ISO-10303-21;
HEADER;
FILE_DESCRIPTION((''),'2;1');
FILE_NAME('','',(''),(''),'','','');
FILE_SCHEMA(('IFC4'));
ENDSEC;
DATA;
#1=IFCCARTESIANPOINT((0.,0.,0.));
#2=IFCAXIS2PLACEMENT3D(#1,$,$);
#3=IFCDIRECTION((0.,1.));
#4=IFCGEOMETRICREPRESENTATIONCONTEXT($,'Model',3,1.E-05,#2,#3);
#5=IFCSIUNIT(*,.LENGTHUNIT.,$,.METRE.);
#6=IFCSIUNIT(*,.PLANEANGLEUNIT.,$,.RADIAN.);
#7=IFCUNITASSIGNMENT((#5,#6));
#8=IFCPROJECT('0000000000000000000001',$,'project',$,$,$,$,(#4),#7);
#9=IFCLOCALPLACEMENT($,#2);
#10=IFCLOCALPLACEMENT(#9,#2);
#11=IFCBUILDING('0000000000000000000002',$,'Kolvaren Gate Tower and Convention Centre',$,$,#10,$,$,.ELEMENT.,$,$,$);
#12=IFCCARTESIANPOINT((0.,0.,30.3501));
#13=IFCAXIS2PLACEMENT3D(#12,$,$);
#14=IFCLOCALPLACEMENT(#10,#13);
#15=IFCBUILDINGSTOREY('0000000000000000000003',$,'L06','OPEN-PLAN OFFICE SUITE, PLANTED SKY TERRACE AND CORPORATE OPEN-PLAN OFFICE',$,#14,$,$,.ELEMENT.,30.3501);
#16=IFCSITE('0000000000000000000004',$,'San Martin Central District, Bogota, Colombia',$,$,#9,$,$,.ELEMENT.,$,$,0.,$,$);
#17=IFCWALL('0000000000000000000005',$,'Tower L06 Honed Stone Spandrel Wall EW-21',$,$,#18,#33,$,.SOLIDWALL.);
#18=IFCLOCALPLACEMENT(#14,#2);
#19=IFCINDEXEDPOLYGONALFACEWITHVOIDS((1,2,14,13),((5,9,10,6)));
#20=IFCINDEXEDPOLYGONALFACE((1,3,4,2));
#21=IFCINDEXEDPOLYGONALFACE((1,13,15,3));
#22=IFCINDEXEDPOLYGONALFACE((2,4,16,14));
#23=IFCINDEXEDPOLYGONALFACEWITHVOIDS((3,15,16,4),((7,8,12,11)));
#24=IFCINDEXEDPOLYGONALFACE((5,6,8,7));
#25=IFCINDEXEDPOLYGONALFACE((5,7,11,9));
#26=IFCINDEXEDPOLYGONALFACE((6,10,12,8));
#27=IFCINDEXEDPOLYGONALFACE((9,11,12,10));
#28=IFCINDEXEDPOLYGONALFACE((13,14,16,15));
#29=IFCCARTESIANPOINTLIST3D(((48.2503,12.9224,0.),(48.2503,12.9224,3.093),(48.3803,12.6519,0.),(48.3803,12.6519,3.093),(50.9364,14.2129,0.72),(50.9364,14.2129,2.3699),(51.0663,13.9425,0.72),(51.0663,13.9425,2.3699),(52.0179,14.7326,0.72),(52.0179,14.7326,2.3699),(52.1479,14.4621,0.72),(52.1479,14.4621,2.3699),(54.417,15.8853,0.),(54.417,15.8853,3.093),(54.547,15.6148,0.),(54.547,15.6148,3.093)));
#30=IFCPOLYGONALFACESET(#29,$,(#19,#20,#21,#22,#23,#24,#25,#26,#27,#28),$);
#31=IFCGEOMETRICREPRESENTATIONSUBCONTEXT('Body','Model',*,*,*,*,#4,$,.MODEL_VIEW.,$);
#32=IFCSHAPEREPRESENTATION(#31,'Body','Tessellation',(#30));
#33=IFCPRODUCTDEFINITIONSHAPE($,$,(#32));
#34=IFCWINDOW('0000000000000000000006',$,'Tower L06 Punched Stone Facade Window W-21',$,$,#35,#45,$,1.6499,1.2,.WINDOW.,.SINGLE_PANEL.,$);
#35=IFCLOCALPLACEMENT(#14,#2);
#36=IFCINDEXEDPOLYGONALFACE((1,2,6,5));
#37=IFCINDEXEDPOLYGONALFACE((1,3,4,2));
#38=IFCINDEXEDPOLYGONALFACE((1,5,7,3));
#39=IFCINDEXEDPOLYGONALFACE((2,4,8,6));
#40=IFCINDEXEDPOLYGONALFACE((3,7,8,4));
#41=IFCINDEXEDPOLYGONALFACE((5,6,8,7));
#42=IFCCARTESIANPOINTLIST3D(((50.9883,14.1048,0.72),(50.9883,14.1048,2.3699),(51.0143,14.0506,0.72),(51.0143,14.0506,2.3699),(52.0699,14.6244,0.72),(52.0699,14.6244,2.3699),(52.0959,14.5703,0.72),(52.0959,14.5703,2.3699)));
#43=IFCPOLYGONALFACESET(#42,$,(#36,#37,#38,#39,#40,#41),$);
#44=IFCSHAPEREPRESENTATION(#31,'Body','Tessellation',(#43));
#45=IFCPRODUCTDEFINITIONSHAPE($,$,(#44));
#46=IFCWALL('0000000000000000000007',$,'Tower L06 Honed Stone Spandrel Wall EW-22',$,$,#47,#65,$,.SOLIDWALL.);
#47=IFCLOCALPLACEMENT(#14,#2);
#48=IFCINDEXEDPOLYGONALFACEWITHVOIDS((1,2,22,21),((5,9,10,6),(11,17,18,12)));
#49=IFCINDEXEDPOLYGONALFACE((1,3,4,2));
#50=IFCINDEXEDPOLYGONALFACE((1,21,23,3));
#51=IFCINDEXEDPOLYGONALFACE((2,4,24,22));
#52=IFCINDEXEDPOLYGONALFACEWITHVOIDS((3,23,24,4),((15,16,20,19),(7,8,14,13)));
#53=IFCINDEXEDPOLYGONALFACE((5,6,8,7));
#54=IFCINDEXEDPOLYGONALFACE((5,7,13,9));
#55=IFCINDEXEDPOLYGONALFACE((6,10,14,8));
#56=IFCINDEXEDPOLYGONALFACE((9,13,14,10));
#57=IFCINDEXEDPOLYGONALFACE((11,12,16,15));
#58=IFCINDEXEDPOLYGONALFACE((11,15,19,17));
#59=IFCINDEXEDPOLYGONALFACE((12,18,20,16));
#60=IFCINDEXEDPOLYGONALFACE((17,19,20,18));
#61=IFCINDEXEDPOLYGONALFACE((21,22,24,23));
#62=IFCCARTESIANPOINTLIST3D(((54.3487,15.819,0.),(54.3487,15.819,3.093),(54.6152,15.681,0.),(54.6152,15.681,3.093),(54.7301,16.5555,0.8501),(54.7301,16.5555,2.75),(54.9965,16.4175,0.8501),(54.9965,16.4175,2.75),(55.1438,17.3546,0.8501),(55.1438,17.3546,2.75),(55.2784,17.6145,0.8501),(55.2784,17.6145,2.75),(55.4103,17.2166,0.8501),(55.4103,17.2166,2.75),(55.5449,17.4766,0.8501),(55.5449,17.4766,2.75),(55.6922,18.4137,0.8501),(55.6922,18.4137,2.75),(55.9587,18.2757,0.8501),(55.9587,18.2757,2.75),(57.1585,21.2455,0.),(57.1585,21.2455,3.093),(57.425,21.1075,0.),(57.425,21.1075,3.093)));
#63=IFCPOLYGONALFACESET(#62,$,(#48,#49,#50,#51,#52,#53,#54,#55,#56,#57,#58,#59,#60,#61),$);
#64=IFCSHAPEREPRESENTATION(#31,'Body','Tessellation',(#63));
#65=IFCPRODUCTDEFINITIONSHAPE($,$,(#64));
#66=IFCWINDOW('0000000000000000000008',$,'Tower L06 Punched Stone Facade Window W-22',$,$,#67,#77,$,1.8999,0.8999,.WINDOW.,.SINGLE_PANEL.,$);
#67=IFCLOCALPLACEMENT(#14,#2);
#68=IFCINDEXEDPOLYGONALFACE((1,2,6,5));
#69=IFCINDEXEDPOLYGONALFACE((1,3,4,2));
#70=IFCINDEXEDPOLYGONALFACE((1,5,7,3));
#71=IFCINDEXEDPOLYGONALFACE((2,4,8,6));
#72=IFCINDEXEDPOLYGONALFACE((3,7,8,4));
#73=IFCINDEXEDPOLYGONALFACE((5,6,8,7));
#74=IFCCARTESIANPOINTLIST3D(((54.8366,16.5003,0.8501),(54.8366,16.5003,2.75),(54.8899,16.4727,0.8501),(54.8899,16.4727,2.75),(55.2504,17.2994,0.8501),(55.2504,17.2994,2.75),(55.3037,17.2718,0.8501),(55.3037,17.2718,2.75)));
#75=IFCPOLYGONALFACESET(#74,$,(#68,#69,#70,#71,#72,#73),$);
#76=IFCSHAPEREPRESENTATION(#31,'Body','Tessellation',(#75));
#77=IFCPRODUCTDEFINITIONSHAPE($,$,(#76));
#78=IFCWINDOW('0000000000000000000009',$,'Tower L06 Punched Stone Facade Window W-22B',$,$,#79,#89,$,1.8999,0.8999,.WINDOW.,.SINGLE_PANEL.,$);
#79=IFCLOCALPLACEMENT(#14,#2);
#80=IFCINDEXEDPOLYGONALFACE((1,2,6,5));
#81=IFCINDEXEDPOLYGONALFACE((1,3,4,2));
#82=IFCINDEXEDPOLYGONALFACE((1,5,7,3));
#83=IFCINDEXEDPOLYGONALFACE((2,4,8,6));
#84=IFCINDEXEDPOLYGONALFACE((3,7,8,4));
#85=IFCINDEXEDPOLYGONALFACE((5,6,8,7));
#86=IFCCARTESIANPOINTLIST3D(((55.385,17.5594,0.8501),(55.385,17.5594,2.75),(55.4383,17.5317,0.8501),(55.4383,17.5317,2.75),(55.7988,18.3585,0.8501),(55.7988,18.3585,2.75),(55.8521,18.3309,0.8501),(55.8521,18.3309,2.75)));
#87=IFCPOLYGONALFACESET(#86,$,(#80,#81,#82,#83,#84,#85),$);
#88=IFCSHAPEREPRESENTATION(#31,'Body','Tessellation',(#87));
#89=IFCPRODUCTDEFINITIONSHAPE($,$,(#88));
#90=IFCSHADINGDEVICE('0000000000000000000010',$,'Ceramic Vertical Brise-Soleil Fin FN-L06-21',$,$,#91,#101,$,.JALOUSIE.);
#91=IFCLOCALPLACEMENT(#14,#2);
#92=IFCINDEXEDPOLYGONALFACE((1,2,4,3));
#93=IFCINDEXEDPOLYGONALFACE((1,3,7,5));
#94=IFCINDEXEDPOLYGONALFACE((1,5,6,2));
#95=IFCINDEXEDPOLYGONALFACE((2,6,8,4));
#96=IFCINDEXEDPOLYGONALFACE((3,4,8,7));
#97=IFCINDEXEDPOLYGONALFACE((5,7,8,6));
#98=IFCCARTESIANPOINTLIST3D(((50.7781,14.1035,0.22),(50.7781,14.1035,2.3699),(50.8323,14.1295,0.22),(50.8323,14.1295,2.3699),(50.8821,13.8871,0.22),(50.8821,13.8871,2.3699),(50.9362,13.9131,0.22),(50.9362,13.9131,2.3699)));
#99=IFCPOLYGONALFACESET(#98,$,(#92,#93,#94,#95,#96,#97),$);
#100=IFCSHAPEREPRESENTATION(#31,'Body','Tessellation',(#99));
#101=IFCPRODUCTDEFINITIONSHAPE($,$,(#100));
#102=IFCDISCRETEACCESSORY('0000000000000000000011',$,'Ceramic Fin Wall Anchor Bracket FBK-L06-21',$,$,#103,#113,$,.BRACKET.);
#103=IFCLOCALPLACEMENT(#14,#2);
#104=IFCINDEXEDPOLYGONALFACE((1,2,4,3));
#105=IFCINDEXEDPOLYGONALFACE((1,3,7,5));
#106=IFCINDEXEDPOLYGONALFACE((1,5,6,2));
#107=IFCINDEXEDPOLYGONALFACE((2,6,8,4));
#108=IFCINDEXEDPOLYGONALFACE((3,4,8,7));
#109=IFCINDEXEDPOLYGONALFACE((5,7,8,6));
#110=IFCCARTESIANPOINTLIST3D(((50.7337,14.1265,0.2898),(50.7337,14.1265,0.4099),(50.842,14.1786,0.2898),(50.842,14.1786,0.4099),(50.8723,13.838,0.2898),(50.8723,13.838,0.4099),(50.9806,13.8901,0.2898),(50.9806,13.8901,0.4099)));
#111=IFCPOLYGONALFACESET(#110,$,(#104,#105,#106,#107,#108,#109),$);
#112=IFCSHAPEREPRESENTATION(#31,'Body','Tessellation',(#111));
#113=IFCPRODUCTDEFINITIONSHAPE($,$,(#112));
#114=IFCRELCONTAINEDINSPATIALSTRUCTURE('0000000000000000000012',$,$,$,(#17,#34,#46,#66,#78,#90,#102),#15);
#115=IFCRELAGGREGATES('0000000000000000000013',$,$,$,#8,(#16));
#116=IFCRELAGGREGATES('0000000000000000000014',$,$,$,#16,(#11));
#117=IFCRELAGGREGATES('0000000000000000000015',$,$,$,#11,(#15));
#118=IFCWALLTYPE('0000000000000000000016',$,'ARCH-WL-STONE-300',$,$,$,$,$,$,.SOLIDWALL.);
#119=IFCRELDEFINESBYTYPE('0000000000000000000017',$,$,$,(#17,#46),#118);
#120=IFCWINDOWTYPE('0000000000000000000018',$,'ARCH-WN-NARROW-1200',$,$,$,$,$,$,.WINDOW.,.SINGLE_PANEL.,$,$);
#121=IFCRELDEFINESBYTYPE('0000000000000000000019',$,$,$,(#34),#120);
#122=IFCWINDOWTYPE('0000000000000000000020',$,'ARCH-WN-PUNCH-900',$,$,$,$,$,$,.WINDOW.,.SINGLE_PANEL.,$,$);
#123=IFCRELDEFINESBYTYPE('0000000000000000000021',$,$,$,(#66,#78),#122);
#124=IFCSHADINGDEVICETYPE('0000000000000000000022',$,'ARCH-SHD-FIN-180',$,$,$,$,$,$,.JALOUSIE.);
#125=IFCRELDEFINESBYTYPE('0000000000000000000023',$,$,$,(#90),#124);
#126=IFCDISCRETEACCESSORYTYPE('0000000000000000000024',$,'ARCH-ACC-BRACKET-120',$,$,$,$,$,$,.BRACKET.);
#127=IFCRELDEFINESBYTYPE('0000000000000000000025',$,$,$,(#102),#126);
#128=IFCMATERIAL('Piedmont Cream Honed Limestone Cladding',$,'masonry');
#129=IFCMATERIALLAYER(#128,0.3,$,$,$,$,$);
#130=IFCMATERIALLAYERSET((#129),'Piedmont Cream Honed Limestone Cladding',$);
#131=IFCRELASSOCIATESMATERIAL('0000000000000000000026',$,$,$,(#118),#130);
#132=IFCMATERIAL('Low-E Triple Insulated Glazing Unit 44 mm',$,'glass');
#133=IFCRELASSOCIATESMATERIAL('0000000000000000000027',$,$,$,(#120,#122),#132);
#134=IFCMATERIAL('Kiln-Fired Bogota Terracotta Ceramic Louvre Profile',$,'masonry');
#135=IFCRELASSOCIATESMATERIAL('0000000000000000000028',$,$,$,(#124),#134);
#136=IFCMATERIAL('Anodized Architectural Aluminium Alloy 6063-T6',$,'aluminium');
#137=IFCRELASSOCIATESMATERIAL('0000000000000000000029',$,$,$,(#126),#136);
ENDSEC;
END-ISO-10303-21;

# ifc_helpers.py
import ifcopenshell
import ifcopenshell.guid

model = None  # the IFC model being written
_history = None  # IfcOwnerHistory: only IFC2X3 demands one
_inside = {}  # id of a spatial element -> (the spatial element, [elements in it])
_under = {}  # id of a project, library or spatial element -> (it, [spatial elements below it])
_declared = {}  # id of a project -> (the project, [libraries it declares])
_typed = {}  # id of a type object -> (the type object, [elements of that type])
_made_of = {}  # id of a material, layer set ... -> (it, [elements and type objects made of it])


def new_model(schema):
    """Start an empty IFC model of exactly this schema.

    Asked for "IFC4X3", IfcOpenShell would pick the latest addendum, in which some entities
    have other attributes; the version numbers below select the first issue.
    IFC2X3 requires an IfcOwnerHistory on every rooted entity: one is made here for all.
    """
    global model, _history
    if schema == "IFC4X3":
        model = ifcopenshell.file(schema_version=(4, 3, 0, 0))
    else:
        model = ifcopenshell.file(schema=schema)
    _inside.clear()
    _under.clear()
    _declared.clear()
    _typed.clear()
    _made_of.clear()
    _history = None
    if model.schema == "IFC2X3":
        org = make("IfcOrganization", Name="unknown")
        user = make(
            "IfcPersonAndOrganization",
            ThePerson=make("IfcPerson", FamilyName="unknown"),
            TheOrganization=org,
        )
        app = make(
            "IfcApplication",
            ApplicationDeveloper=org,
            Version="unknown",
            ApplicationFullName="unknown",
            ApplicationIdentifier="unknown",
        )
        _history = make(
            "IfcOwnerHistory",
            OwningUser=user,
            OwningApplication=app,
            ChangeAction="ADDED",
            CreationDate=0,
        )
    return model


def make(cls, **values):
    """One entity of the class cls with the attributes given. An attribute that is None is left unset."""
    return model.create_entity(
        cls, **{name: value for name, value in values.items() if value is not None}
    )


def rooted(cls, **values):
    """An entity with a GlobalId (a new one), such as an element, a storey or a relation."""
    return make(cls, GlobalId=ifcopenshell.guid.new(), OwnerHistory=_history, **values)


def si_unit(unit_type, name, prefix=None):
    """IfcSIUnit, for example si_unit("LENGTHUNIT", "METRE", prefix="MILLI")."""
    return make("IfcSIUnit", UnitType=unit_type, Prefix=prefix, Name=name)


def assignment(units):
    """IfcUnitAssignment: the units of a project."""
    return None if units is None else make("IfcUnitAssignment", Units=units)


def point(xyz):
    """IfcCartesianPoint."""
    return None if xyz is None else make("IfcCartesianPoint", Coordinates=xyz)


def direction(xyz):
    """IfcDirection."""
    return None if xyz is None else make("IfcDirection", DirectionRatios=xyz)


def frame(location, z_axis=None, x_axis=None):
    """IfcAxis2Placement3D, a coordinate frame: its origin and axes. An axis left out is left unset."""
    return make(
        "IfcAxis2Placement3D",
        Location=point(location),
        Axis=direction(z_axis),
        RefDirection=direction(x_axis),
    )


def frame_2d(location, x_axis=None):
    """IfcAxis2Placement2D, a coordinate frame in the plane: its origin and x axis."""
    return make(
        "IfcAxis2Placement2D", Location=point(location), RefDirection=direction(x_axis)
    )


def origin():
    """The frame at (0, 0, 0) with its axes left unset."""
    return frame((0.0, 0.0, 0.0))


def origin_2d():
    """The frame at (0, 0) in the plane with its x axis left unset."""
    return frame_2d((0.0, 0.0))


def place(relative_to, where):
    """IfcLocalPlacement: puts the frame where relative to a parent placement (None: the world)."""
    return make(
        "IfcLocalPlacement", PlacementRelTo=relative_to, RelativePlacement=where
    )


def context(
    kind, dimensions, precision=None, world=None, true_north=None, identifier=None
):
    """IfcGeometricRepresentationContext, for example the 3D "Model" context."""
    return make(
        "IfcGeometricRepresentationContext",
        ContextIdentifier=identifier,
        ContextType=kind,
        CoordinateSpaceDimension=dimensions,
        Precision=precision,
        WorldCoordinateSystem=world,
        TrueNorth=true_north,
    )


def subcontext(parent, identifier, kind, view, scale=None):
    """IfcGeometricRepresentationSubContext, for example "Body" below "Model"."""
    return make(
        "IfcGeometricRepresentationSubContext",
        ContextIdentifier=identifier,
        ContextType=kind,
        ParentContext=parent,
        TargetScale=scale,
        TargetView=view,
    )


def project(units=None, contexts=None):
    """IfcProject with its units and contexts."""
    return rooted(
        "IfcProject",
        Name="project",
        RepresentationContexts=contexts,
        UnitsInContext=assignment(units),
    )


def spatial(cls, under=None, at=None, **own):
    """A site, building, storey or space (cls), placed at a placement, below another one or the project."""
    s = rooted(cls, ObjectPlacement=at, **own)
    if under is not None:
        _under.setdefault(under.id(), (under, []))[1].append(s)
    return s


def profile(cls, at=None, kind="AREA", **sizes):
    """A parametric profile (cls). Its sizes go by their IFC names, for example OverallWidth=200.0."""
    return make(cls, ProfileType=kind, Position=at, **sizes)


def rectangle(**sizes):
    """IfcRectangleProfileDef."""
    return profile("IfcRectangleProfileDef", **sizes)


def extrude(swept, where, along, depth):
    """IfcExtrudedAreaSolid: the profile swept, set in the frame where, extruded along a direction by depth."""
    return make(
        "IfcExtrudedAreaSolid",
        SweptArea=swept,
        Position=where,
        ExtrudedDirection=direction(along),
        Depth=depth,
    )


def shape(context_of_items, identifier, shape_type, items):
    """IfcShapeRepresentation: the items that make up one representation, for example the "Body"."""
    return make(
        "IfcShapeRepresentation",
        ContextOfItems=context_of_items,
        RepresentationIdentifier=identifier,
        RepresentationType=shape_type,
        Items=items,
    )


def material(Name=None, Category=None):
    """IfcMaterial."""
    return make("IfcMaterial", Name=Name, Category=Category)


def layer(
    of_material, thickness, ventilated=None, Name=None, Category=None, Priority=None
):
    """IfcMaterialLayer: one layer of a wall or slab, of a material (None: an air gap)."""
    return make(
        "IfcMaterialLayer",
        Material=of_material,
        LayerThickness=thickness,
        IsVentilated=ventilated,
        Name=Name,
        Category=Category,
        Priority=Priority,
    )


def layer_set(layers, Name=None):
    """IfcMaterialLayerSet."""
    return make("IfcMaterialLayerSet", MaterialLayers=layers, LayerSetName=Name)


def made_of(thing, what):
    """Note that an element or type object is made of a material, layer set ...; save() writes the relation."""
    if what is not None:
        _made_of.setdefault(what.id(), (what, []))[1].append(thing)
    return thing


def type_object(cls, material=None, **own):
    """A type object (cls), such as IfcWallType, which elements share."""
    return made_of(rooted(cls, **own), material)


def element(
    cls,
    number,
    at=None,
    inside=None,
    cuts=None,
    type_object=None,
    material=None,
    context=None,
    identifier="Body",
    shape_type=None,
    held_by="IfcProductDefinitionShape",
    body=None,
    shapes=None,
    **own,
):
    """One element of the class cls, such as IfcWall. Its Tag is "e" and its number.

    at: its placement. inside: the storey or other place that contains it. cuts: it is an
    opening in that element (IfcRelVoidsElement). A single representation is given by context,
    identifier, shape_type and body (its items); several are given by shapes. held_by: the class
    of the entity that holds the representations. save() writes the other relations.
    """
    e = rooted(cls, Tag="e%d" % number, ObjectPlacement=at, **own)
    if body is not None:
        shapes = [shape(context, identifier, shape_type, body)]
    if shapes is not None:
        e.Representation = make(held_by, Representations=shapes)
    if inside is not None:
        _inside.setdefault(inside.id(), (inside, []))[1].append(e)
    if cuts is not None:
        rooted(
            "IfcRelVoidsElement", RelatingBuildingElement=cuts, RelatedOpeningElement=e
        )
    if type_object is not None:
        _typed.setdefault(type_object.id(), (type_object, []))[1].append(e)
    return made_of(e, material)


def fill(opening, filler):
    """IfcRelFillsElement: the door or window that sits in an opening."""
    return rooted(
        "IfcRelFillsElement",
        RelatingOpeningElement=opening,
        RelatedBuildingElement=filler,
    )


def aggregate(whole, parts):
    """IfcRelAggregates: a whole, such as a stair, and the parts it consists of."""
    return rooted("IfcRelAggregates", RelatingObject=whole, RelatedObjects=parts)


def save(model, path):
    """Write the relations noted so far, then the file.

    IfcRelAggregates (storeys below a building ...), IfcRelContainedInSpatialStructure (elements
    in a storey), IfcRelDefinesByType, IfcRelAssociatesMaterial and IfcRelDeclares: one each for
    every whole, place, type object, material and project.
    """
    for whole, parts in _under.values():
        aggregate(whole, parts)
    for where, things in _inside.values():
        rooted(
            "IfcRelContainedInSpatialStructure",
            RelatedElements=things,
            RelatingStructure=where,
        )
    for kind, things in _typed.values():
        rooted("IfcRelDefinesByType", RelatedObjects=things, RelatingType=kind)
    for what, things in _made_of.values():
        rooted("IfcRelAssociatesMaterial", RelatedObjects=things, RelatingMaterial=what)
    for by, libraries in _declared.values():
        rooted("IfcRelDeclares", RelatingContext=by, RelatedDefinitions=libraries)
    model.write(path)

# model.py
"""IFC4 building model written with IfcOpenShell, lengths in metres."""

from ifc_helpers import new_model, si_unit, direction, frame, frame_2d, origin, origin_2d, place, context, subcontext, project, spatial, rectangle, extrude, material, layer, layer_set, type_object, element, fill, save


model = new_model("IFC4")

# Units and contexts
model_context = context("Model", 3, precision=1e-05, world=origin(), true_north=direction((0.0, 1.0)))
body_context = subcontext(model_context, "Body", "Model", "MODEL_VIEW")
ifc_project = project(units=[si_unit("LENGTHUNIT", "METRE"), si_unit("PLANEANGLEUNIT", "RADIAN")], contexts=[model_context])

# Site, building, storey
site_placement = place(None, origin())
site = spatial("IfcSite", under=ifc_project, at=site_placement, Name="San Martin Central District, Bogota, Colombia", CompositionType="ELEMENT", RefElevation=0.0)
building_placement = place(site_placement, origin())
building = spatial("IfcBuilding", under=site, at=building_placement, Name="Kolvaren Gate Tower and Convention Centre", CompositionType="ELEMENT")
storey_placement = place(building_placement, frame((0.0, 0.0, 30.3501)))
storey = spatial("IfcBuildingStorey", under=building, at=storey_placement, Name="L06", Description="OPEN-PLAN OFFICE SUITE, PLANTED SKY TERRACE AND CORPORATE OPEN-PLAN OFFICE", CompositionType="ELEMENT", Elevation=30.3501)

# Shared definitions
ifc_material_1 = material(Name="Piedmont Cream Honed Limestone Cladding", Category="masonry")

# Shared definitions
ifc_layer_1 = layer(ifc_material_1, 0.3)
ifc_layer_set_1 = layer_set([ifc_layer_1], Name="Piedmont Cream Honed Limestone Cladding")
wall_type_1 = type_object("IfcWallType", Name="ARCH-WL-STONE-300", PredefinedType="SOLIDWALL", material=ifc_layer_set_1)
ifc_material_2 = material(Name="Anodized Architectural Aluminium Alloy 6063-T6", Category="aluminium")

# Wall, opening, window
wall_1_placement = place(storey_placement, frame((48.3152, 12.7871, 0.0), z_axis=(0.0, 0.0, 1.0), x_axis=(0.90136, 0.43307, 0.0)))
wall_1 = element("IfcWall", 1, at=wall_1_placement, inside=storey, type_object=wall_type_1, Name="Tower L06 Honed Stone Spandrel Wall EW-21", PredefinedType="SOLIDWALL", context=body_context, shape_type="SweptSolid", body=[
    extrude(rectangle(XDim=6.8416, YDim=0.3, at=frame_2d((3.4209, 0.0))), origin(), (0.0, 0.0, 1.0), 3.093),
])
opening_1_placement = place(wall_1_placement, frame((2.98, 0.0, 0.72)))
opening_1 = element("IfcOpeningElement", 2, at=opening_1_placement, cuts=wall_1, PredefinedType="OPENING", context=body_context, shape_type="SweptSolid", body=[
    extrude(rectangle(XDim=1.2, YDim=1.6499, at=frame_2d((0.6001, 0.825))), frame((0.0, 0.1599, 0.0), z_axis=(0.0, -1.0, 0.0), x_axis=(1.0, 0.0, 0.0)), (0.0, 0.0, 1.0), 0.3201),
])
ifc_material_3 = material(Name="Low-E Triple Insulated Glazing Unit 44 mm", Category="glass")
window_type_1 = type_object("IfcWindowType", Name="ARCH-WN-NARROW-1200", PartitioningType="SINGLE_PANEL", PredefinedType="WINDOW", material=ifc_material_3)
window_1_placement = place(opening_1_placement, origin())
window_1 = element("IfcWindow", 3, at=window_1_placement, inside=storey, type_object=window_type_1, Name="Tower L06 Punched Stone Facade Window W-21", OverallHeight=1.6499, OverallWidth=1.2, PartitioningType="SINGLE_PANEL", PredefinedType="WINDOW", context=body_context, shape_type="SweptSolid", body=[
    extrude(rectangle(XDim=1.2, YDim=1.6499, at=frame_2d((0.6001, 0.825))), frame((0.0, 0.03, 0.0), z_axis=(0.0, -1.0, 0.0), x_axis=(1.0, 0.0, 0.0)), (0.0, 0.0, 1.0), 0.0601),
])
fill(opening_1, window_1)

# Wall, openings, windows
wall_2_placement = place(storey_placement, frame((54.4819, 15.75, 0.0), z_axis=(0.0, 0.0, 1.0), x_axis=(0.45981, 0.888017, 0.0)))
wall_2 = element("IfcWall", 4, at=wall_2_placement, inside=storey, type_object=wall_type_1, Name="Tower L06 Honed Stone Spandrel Wall EW-22", PredefinedType="SOLIDWALL", context=body_context, shape_type="SweptSolid", body=[
    extrude(rectangle(XDim=6.1108, YDim=0.3, at=frame_2d((3.0554, 0.0))), origin(), (0.0, 0.0, 1.0), 3.093),
])
opening_2_placement = place(wall_2_placement, frame((0.8293, 0.0, 0.8501)))
opening_2 = element("IfcOpeningElement", 5, at=opening_2_placement, cuts=wall_2, PredefinedType="OPENING", context=body_context, shape_type="SweptSolid", body=[
    extrude(rectangle(XDim=0.8999, YDim=1.8999, at=frame_2d((0.45, 0.95))), frame((0.0, 0.1599, 0.0), z_axis=(0.0, -1.0, 0.0), x_axis=(1.0, 0.0, 0.0)), (0.0, 0.0, 1.0), 0.3201),
])
opening_3_placement = place(wall_2_placement, frame((2.022, 0.0, 0.8501)))
opening_3 = element("IfcOpeningElement", 6, at=opening_3_placement, cuts=wall_2, PredefinedType="OPENING", context=body_context, shape_type="SweptSolid", body=[
    extrude(rectangle(XDim=0.8999, YDim=1.8999, at=frame_2d((0.45, 0.95))), frame((0.0, 0.1599, 0.0), z_axis=(0.0, -1.0, 0.0), x_axis=(1.0, 0.0, 0.0)), (0.0, 0.0, 1.0), 0.3201),
])
window_type_2 = type_object("IfcWindowType", Name="ARCH-WN-PUNCH-900", PartitioningType="SINGLE_PANEL", PredefinedType="WINDOW", material=ifc_material_3)
window_2_placement = place(opening_2_placement, origin())
window_2 = element("IfcWindow", 7, at=window_2_placement, inside=storey, type_object=window_type_2, Name="Tower L06 Punched Stone Facade Window W-22", OverallHeight=1.8999, OverallWidth=0.8999, PartitioningType="SINGLE_PANEL", PredefinedType="WINDOW", context=body_context, shape_type="SweptSolid", body=[
    extrude(rectangle(XDim=0.8999, YDim=1.8999, at=frame_2d((0.45, 0.95))), frame((0.0, 0.03, 0.0), z_axis=(0.0, -1.0, 0.0), x_axis=(1.0, 0.0, 0.0)), (0.0, 0.0, 1.0), 0.0601),
])
fill(opening_2, window_2)
window_3_placement = place(opening_3_placement, origin())
window_3 = element("IfcWindow", 8, at=window_3_placement, inside=storey, type_object=window_type_2, Name="Tower L06 Punched Stone Facade Window W-22B", OverallHeight=1.8999, OverallWidth=0.8999, PartitioningType="SINGLE_PANEL", PredefinedType="WINDOW", context=body_context, shape_type="SweptSolid", body=[
    extrude(rectangle(XDim=0.8999, YDim=1.8999, at=frame_2d((0.45, 0.95))), frame((0.0, 0.03, 0.0), z_axis=(0.0, -1.0, 0.0), x_axis=(1.0, 0.0, 0.0)), (0.0, 0.0, 1.0), 0.0601),
])
fill(opening_3, window_3)

# Shading device
ifc_material_4 = material(Name="Kiln-Fired Bogota Terracotta Ceramic Louvre Profile", Category="masonry")
shading_device_type = type_object("IfcShadingDeviceType", Name="ARCH-SHD-FIN-180", PredefinedType="JALOUSIE", material=ifc_material_4)
shading_device_placement = place(storey_placement, frame((50.8572, 14.0083, 0.22), z_axis=(0.0, 0.0, 1.0), x_axis=(0.901364, 0.433061, 0.0)))
element("IfcShadingDevice", 9, at=shading_device_placement, inside=storey, type_object=shading_device_type, Name="Ceramic Vertical Brise-Soleil Fin FN-L06-21", PredefinedType="JALOUSIE", context=body_context, shape_type="SweptSolid", body=[
    extrude(rectangle(XDim=0.0601, YDim=0.24, at=origin_2d()), origin(), (0.0, 0.0, 1.0), 2.1499),
])

# Discrete accessory
discrete_accessory_type = type_object("IfcDiscreteAccessoryType", Name="ARCH-ACC-BRACKET-120", PredefinedType="BRACKET", material=ifc_material_2)
discrete_accessory_placement = place(storey_placement, frame((50.8572, 14.0083, 0.2898), z_axis=(0.0, 0.0, 1.0), x_axis=(0.901364, 0.433061, 0.0)))
element("IfcDiscreteAccessory", 10, at=discrete_accessory_placement, inside=storey, type_object=discrete_accessory_type, Name="Ceramic Fin Wall Anchor Bracket FBK-L06-21", PredefinedType="BRACKET", context=body_context, shape_type="SweptSolid", body=[
    extrude(rectangle(XDim=0.1201, YDim=0.3201, at=origin_2d()), origin(), (0.0, 0.0, 1.0), 0.1201),
])

save(model, "model.ifc")
